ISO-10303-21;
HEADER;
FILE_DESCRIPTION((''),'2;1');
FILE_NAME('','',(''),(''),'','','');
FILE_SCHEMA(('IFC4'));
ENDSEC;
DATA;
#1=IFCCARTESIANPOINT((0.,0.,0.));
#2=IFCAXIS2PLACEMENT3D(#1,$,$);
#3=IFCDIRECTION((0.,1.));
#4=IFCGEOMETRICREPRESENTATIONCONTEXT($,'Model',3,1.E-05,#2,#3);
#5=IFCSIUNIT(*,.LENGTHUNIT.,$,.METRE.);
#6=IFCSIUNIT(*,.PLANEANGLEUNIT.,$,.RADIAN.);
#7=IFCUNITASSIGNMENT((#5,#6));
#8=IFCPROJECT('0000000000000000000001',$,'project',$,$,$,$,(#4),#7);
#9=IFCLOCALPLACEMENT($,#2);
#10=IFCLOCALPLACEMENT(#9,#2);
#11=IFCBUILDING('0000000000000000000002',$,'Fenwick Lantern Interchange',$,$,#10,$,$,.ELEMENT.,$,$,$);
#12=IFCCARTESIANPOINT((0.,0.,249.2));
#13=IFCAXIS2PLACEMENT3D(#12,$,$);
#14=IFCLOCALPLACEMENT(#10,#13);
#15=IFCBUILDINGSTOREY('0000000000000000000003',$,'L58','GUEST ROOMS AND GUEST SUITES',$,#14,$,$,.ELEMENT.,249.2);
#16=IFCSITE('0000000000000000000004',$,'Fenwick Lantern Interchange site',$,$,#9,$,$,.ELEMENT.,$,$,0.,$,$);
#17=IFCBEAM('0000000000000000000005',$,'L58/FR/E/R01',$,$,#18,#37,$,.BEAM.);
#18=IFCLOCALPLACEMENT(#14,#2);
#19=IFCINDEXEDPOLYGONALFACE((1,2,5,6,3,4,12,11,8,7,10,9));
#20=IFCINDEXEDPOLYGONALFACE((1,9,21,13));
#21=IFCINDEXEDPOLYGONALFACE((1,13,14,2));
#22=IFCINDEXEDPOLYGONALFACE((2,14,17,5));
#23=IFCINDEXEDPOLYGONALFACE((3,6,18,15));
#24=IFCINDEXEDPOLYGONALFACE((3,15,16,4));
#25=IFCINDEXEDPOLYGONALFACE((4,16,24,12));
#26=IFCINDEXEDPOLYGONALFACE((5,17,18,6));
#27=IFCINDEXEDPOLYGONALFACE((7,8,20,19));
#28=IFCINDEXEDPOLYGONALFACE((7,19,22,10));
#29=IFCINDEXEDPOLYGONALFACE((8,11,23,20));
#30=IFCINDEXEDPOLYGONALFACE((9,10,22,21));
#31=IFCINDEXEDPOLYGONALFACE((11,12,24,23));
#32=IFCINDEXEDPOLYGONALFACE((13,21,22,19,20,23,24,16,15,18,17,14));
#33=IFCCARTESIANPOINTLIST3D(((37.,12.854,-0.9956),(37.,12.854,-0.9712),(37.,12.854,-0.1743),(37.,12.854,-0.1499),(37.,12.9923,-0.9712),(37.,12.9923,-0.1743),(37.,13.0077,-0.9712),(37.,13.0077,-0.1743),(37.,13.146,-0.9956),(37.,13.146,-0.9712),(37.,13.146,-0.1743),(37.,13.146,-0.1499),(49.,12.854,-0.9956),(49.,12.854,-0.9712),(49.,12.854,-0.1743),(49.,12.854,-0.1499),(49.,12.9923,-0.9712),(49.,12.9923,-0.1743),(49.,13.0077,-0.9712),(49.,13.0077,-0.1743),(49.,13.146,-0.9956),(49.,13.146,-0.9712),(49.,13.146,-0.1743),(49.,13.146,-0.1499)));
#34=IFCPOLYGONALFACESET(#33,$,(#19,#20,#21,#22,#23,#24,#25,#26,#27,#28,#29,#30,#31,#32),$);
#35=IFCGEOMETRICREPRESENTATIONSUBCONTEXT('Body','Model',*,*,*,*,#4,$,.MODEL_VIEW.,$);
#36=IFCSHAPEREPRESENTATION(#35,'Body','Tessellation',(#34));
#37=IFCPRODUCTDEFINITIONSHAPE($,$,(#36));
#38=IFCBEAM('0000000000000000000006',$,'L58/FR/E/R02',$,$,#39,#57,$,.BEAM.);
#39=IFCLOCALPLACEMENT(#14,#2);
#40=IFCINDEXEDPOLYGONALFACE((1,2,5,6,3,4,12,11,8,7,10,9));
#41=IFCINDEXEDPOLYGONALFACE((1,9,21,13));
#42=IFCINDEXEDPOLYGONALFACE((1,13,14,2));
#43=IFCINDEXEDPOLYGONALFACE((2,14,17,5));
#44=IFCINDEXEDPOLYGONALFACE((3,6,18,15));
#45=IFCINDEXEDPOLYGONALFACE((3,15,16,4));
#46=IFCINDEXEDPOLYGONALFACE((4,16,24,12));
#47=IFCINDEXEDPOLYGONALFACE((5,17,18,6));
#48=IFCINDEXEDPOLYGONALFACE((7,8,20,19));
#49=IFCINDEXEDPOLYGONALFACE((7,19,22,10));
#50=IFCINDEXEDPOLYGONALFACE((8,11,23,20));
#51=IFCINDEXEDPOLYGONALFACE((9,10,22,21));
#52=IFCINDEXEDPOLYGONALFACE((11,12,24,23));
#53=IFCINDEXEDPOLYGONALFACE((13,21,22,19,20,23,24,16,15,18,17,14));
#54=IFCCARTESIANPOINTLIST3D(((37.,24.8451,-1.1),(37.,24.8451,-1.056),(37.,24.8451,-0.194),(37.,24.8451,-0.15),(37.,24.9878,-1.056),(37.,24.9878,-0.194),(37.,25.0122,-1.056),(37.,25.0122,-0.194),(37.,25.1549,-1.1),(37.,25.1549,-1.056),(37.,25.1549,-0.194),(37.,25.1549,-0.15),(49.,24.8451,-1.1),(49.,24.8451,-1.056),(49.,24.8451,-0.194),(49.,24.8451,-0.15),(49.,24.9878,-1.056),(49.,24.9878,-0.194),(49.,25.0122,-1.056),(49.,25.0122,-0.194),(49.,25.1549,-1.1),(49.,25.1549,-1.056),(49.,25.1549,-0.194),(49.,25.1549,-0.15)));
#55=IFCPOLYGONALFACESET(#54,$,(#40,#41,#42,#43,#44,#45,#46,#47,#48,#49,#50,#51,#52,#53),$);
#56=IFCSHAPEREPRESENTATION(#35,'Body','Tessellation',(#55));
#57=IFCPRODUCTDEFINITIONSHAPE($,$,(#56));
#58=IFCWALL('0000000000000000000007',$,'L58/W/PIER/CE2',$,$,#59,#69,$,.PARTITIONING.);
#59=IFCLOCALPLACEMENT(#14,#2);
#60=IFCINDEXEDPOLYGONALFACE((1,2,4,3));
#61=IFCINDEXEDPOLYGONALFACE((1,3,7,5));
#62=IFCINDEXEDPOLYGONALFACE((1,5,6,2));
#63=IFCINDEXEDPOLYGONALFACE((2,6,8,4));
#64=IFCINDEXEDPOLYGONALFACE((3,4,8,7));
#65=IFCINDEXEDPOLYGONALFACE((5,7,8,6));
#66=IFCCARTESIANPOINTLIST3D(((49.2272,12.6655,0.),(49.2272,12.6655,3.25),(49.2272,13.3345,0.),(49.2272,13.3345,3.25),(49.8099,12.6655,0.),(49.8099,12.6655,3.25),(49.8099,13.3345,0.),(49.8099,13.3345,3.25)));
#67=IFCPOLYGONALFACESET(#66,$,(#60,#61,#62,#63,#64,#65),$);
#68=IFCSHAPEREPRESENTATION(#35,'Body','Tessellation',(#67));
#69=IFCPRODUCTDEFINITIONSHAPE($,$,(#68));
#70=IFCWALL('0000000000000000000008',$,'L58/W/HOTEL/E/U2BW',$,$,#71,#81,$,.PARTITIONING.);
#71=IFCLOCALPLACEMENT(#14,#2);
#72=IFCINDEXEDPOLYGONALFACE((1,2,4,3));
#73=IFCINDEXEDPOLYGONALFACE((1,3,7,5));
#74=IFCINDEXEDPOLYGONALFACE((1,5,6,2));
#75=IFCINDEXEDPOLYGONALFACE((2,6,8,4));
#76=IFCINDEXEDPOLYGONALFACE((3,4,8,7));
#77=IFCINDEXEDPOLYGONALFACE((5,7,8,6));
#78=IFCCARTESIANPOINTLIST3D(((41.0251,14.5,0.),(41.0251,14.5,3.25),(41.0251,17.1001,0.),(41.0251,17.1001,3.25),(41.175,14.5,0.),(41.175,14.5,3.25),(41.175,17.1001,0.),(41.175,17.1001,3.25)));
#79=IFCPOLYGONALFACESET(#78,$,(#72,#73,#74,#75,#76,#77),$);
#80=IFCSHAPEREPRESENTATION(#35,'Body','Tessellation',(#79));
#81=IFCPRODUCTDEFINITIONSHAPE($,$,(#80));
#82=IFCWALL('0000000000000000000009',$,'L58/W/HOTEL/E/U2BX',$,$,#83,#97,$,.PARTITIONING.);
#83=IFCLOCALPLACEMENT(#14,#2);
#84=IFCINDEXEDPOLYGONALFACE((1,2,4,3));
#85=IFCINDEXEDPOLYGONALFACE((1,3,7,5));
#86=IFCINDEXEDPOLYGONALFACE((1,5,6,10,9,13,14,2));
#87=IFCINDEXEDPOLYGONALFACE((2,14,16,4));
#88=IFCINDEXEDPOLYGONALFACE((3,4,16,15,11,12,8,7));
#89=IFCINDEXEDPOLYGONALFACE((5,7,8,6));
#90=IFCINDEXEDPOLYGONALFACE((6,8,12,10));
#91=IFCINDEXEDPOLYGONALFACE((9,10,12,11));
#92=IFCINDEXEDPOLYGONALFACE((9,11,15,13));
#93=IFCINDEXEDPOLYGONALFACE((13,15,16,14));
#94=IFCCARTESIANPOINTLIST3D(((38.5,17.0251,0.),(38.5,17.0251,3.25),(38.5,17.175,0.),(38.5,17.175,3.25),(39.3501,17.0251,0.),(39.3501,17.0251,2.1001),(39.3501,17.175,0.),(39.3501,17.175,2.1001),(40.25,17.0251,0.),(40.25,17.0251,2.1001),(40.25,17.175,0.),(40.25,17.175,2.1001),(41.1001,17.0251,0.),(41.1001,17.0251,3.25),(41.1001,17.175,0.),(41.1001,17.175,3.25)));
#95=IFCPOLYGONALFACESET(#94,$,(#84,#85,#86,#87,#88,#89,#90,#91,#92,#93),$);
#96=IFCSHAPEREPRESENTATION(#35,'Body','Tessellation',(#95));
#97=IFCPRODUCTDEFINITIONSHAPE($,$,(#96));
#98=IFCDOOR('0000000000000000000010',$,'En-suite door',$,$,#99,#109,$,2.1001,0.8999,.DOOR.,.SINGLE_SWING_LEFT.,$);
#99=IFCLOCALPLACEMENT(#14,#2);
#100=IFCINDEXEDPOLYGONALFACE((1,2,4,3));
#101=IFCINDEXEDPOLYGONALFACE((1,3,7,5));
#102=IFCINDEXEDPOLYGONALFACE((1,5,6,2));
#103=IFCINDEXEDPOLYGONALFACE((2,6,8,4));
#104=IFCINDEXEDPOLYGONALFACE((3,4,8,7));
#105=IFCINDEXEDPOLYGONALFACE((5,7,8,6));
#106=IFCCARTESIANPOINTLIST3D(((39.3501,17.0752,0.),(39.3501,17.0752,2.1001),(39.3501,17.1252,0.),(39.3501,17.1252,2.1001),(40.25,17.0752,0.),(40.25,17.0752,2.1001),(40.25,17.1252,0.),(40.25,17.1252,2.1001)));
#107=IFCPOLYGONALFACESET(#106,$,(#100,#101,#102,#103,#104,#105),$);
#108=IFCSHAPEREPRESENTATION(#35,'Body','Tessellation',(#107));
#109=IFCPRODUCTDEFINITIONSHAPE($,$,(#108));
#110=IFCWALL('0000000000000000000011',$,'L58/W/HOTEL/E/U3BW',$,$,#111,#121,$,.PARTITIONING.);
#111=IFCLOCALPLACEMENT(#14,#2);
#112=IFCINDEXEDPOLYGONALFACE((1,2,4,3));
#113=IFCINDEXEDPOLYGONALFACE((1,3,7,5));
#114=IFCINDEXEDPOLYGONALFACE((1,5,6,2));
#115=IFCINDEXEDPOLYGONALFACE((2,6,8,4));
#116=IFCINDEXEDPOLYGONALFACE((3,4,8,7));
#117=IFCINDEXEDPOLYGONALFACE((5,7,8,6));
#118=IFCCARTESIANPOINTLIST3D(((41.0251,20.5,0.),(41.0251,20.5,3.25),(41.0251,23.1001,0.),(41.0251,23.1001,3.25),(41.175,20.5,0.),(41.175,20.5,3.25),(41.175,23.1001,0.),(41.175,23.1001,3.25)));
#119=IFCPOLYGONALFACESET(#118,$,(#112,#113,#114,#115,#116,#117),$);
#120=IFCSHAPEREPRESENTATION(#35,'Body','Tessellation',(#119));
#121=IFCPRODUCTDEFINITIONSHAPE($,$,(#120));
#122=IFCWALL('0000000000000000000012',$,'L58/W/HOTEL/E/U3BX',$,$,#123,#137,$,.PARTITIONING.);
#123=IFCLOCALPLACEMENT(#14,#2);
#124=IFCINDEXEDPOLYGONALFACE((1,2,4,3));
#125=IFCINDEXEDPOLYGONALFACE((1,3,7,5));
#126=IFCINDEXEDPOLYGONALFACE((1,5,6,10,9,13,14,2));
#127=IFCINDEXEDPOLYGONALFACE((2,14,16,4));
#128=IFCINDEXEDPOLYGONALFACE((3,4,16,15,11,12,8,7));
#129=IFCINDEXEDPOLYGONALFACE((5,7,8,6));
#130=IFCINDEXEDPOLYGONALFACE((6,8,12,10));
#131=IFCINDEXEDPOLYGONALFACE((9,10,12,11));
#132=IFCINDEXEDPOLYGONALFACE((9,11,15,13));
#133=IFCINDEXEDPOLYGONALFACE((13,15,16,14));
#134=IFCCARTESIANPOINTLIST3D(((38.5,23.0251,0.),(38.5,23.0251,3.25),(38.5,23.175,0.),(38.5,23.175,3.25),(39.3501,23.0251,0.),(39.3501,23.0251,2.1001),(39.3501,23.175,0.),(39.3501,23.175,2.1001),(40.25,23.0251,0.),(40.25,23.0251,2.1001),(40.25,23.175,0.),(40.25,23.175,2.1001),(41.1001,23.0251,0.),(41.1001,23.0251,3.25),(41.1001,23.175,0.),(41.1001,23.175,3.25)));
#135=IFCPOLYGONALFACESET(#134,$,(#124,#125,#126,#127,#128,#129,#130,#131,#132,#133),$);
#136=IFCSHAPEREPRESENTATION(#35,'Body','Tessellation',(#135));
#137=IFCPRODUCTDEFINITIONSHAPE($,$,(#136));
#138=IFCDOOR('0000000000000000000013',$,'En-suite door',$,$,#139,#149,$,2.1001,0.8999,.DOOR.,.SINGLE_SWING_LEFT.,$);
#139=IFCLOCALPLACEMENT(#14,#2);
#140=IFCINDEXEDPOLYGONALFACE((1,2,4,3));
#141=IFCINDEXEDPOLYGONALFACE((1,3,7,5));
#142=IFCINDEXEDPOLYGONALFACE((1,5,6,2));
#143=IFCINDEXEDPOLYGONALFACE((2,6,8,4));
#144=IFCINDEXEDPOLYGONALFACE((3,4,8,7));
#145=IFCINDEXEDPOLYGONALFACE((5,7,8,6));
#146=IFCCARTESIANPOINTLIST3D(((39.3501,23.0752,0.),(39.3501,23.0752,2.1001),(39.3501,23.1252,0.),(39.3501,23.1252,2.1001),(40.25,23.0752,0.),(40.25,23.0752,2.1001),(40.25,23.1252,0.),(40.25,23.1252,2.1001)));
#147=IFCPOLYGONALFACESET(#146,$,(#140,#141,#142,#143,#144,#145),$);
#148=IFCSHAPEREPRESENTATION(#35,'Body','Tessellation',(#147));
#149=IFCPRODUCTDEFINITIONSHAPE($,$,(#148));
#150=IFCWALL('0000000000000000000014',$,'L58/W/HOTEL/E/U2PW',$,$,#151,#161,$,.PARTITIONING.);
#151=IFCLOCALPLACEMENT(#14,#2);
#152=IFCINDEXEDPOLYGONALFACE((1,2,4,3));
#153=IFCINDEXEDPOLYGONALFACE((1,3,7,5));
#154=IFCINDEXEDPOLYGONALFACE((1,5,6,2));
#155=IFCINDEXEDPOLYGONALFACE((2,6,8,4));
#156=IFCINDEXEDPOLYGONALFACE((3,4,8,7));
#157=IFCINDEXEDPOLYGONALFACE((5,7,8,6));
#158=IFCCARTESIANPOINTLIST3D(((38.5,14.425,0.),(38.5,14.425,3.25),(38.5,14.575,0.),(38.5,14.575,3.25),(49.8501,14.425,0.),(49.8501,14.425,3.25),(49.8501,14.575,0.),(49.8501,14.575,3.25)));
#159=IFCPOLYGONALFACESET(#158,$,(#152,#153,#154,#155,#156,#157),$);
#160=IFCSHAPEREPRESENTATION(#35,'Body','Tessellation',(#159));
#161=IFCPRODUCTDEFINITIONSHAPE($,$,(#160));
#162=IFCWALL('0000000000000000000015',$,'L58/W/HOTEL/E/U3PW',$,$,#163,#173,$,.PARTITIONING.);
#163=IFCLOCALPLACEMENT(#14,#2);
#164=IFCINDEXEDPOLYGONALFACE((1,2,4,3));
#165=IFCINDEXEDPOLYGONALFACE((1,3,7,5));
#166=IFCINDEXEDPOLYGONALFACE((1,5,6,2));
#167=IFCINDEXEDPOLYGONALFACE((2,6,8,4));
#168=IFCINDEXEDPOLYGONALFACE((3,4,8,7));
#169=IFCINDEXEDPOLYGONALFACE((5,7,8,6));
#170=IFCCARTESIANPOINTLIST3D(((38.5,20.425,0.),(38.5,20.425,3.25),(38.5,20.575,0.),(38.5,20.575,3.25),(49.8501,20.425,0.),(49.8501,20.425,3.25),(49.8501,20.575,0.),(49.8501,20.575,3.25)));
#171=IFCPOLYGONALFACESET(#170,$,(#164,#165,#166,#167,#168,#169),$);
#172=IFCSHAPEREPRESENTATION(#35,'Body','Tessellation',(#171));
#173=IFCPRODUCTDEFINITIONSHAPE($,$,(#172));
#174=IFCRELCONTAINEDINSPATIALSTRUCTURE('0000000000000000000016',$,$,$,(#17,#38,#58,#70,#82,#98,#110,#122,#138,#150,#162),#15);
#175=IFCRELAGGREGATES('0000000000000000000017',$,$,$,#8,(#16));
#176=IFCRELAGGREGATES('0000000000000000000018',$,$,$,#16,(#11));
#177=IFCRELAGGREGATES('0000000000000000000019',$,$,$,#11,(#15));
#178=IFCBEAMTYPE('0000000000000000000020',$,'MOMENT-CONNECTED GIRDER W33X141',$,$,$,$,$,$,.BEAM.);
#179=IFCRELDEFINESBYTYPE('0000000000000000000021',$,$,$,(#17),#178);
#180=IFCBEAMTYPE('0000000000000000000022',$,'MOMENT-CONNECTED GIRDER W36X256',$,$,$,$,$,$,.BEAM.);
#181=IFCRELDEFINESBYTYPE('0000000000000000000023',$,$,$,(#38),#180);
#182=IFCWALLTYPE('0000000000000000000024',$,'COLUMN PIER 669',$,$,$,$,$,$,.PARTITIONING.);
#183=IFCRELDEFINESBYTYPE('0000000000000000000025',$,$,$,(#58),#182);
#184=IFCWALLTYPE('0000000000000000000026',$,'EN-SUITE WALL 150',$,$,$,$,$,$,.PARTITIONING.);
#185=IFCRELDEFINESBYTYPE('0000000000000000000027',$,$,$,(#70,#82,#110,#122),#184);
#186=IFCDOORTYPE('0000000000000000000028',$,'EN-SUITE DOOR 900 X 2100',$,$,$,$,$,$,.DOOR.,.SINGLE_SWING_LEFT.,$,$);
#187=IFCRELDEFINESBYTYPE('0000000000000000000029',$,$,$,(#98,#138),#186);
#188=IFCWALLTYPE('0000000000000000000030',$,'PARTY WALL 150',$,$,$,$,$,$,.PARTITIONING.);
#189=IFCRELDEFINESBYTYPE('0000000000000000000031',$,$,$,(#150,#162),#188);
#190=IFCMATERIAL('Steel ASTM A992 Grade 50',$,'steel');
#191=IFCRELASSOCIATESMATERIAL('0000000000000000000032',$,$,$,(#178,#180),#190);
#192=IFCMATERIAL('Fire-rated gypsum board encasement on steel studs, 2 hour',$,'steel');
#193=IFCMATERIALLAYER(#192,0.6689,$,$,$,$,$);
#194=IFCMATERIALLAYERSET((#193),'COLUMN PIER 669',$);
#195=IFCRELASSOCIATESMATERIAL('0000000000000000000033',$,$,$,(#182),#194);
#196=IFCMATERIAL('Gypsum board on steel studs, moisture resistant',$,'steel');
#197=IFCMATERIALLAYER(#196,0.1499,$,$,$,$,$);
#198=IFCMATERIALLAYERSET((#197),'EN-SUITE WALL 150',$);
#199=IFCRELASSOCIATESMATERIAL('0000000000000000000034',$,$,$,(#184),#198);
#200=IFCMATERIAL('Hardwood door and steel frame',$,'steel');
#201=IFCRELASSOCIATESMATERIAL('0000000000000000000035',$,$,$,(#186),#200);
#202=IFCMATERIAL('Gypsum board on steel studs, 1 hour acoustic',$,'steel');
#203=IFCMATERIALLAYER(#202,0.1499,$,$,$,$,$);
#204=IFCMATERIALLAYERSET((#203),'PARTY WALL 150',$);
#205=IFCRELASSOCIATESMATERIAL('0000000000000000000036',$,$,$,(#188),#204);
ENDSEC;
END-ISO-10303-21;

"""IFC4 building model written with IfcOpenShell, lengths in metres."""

from ifc_helpers import new_model, si_unit, direction, frame, frame_2d, origin, origin_2d, place, context, subcontext, project, spatial, rectangle, i_section, extrude, material, layer, layer_set, material_profile, profile_set, type_object, element, fill, save


model = new_model("IFC4")

# Units and contexts
model_context = context("Model", 3, precision=1e-05, world=origin(), true_north=direction((0.0, 1.0)))
body_context = subcontext(model_context, "Body", "Model", "MODEL_VIEW")
ifc_project = project(units=[si_unit("LENGTHUNIT", "METRE"), si_unit("PLANEANGLEUNIT", "RADIAN")], contexts=[model_context])

# Site, building, storey
site_placement = place(None, origin())
site = spatial("IfcSite", under=ifc_project, at=site_placement, Name="Fenwick Lantern Interchange site", CompositionType="ELEMENT", RefElevation=0.0)
building_placement = place(site_placement, origin())
building = spatial("IfcBuilding", under=site, at=building_placement, Name="Fenwick Lantern Interchange", CompositionType="ELEMENT")
storey_placement = place(building_placement, frame((0.0, 0.0, 249.2)))
storey = spatial("IfcBuildingStorey", under=building, at=storey_placement, Name="L58", Description="GUEST ROOMS AND GUEST SUITES", CompositionType="ELEMENT", Elevation=249.2)

# Shared definitions
ifc_material_1 = material(Name="Steel ASTM A992 Grade 50", Category="steel")

# Beams
ifc_material_profile_1 = material_profile(ifc_material_1, i_section(OverallWidth=0.292, OverallDepth=0.8457, WebThickness=0.0154, FlangeThickness=0.0244, at=origin_2d()), Name="W33X141")
ifc_profile_set_1 = profile_set([ifc_material_profile_1], Name="Steel ASTM A992 Grade 50")
beam_type_1 = type_object("IfcBeamType", Name="MOMENT-CONNECTED GIRDER W33X141", PredefinedType="BEAM", material=ifc_profile_set_1)
beam_1_placement = place(storey_placement, frame((49.0, 13.0, -0.5728), z_axis=(-1.0, 0.0, 0.0), x_axis=(0.0, -1.0, 0.0)))
element("IfcBeam", 1, at=beam_1_placement, inside=storey, type_object=beam_type_1, Name="L58/FR/E/R01", PredefinedType="BEAM", context=body_context, shape_type="SweptSolid", body=[
    extrude(i_section(OverallWidth=0.292, OverallDepth=0.8457, WebThickness=0.0154, FlangeThickness=0.0244, at=origin_2d()), origin(), (0.0, 0.0, 1.0), 12.0),
])
ifc_material_profile_2 = material_profile(ifc_material_1, i_section(OverallWidth=0.3098, OverallDepth=0.95, WebThickness=0.0244, FlangeThickness=0.0439, at=origin_2d()), Name="W36X256")
ifc_profile_set_2 = profile_set([ifc_material_profile_2], Name="Steel ASTM A992 Grade 50")
beam_type_2 = type_object("IfcBeamType", Name="MOMENT-CONNECTED GIRDER W36X256", PredefinedType="BEAM", material=ifc_profile_set_2)
beam_2_placement = place(storey_placement, frame((49.0, 25.0, -0.625), z_axis=(-1.0, 0.0, 0.0), x_axis=(0.0, -1.0, 0.0)))
element("IfcBeam", 2, at=beam_2_placement, inside=storey, type_object=beam_type_2, Name="L58/FR/E/R02", PredefinedType="BEAM", context=body_context, shape_type="SweptSolid", body=[
    extrude(i_section(OverallWidth=0.3098, OverallDepth=0.95, WebThickness=0.0244, FlangeThickness=0.0439, at=origin_2d()), origin(), (0.0, 0.0, 1.0), 12.0),
])

# Walls
ifc_material_2 = material(Name="Fire-rated gypsum board encasement on steel studs, 2 hour", Category="steel")
ifc_layer_1 = layer(ifc_material_2, 0.6689)
ifc_layer_set_1 = layer_set([ifc_layer_1], Name="COLUMN PIER 669")
wall_type_1 = type_object("IfcWallType", Name="COLUMN PIER 669", PredefinedType="PARTITIONING", material=ifc_layer_set_1)
wall_1_placement = place(storey_placement, frame((49.8101, 13.0, 0.0), z_axis=(0.0, 0.0, 1.0), x_axis=(-1.0, 0.0, 0.0)))
element("IfcWall", 3, at=wall_1_placement, inside=storey, type_object=wall_type_1, Name="L58/W/PIER/CE2", PredefinedType="PARTITIONING", context=body_context, shape_type="SweptSolid", body=[
    extrude(rectangle(XDim=0.5828, YDim=0.6689, at=frame_2d((0.2915, 0.0))), origin(), (0.0, 0.0, 1.0), 3.25),
])
ifc_material_3 = material(Name="Gypsum board on steel studs, moisture resistant", Category="steel")
ifc_layer_2 = layer(ifc_material_3, 0.1499)
ifc_layer_set_2 = layer_set([ifc_layer_2], Name="EN-SUITE WALL 150")
wall_type_2 = type_object("IfcWallType", Name="EN-SUITE WALL 150", PredefinedType="PARTITIONING", material=ifc_layer_set_2)
wall_2_placement = place(storey_placement, frame((41.1001, 14.5, 0.0), z_axis=(0.0, 0.0, 1.0), x_axis=(0.0, 1.0, 0.0)))
element("IfcWall", 4, at=wall_2_placement, inside=storey, type_object=wall_type_2, Name="L58/W/HOTEL/E/U2BW", PredefinedType="PARTITIONING", context=body_context, shape_type="SweptSolid", body=[
    extrude(rectangle(XDim=2.6001, YDim=0.1499, at=frame_2d((1.3, 0.0))), origin(), (0.0, 0.0, 1.0), 3.25),
])

# Wall, opening, door
wall_3_placement = place(storey_placement, frame((41.1001, 17.1001, 0.0), z_axis=(0.0, 0.0, 1.0), x_axis=(-1.0, 0.0, 0.0)))
wall_3 = element("IfcWall", 5, at=wall_3_placement, inside=storey, type_object=wall_type_2, Name="L58/W/HOTEL/E/U2BX", PredefinedType="PARTITIONING", context=body_context, shape_type="SweptSolid", body=[
    extrude(rectangle(XDim=2.6001, YDim=0.1499, at=frame_2d((1.3, 0.0))), origin(), (0.0, 0.0, 1.0), 3.25),
])
opening_1_placement = place(wall_3_placement, frame((0.8501, 0.0, 0.0)))
opening_1 = element("IfcOpeningElement", 6, at=opening_1_placement, cuts=wall_3, PredefinedType="OPENING", context=body_context, shape_type="SweptSolid", body=[
    extrude(rectangle(XDim=0.8999, YDim=2.1001, at=frame_2d((0.45, 1.05))), frame((0.0, 0.085, 0.0), z_axis=(0.0, -1.0, 0.0), x_axis=(1.0, 0.0, 0.0)), (0.0, 0.0, 1.0), 0.1699),
])
ifc_material_4 = material(Name="Hardwood door and steel frame", Category="steel")
door_type = type_object("IfcDoorType", Name="EN-SUITE DOOR 900 X 2100", OperationType="SINGLE_SWING_LEFT", PredefinedType="DOOR", material=ifc_material_4)
door_1_placement = place(opening_1_placement, origin())
door_1 = element("IfcDoor", 7, at=door_1_placement, inside=storey, type_object=door_type, Name="En-suite door", OperationType="SINGLE_SWING_LEFT", OverallHeight=2.1001, OverallWidth=0.8999, PredefinedType="DOOR", context=body_context, shape_type="SweptSolid", body=[
    extrude(rectangle(XDim=0.8999, YDim=2.1001, at=frame_2d((0.45, 1.05))), frame((0.0, 0.0249, 0.0), z_axis=(0.0, -1.0, 0.0), x_axis=(1.0, 0.0, 0.0)), (0.0, 0.0, 1.0), 0.05),
])
fill(opening_1, door_1)

# Wall
wall_4_placement = place(storey_placement, frame((41.1001, 20.5, 0.0), z_axis=(0.0, 0.0, 1.0), x_axis=(0.0, 1.0, 0.0)))
element("IfcWall", 8, at=wall_4_placement, inside=storey, type_object=wall_type_2, Name="L58/W/HOTEL/E/U3BW", PredefinedType="PARTITIONING", context=body_context, shape_type="SweptSolid", body=[
    extrude(rectangle(XDim=2.6001, YDim=0.1499, at=frame_2d((1.3, 0.0))), origin(), (0.0, 0.0, 1.0), 3.25),
])

# Wall, opening, door
wall_5_placement = place(storey_placement, frame((41.1001, 23.1001, 0.0), z_axis=(0.0, 0.0, 1.0), x_axis=(-1.0, 0.0, 0.0)))
wall_5 = element("IfcWall", 9, at=wall_5_placement, inside=storey, type_object=wall_type_2, Name="L58/W/HOTEL/E/U3BX", PredefinedType="PARTITIONING", context=body_context, shape_type="SweptSolid", body=[
    extrude(rectangle(XDim=2.6001, YDim=0.1499, at=frame_2d((1.3, 0.0))), origin(), (0.0, 0.0, 1.0), 3.25),
])
opening_2_placement = place(wall_5_placement, frame((0.8501, 0.0, 0.0)))
opening_2 = element("IfcOpeningElement", 10, at=opening_2_placement, cuts=wall_5, PredefinedType="OPENING", context=body_context, shape_type="SweptSolid", body=[
    extrude(rectangle(XDim=0.8999, YDim=2.1001, at=frame_2d((0.45, 1.05))), frame((0.0, 0.085, 0.0), z_axis=(0.0, -1.0, 0.0), x_axis=(1.0, 0.0, 0.0)), (0.0, 0.0, 1.0), 0.1699),
])
door_2_placement = place(opening_2_placement, origin())
door_2 = element("IfcDoor", 11, at=door_2_placement, inside=storey, type_object=door_type, Name="En-suite door", OperationType="SINGLE_SWING_LEFT", OverallHeight=2.1001, OverallWidth=0.8999, PredefinedType="DOOR", context=body_context, shape_type="SweptSolid", body=[
    extrude(rectangle(XDim=0.8999, YDim=2.1001, at=frame_2d((0.45, 1.05))), frame((0.0, 0.0249, 0.0), z_axis=(0.0, -1.0, 0.0), x_axis=(1.0, 0.0, 0.0)), (0.0, 0.0, 1.0), 0.05),
])
fill(opening_2, door_2)

# Walls
ifc_material_5 = material(Name="Gypsum board on steel studs, 1 hour acoustic", Category="steel")
ifc_layer_3 = layer(ifc_material_5, 0.1499)
ifc_layer_set_3 = layer_set([ifc_layer_3], Name="PARTY WALL 150")
wall_type_3 = type_object("IfcWallType", Name="PARTY WALL 150", PredefinedType="PARTITIONING", material=ifc_layer_set_3)
for number, where, z_axis, x_axis, name in (
    (12, (49.8501, 14.5, 0.0), (0.0, 0.0, 1.0), (-1.0, 0.0, 0.0), "L58/W/HOTEL/E/U2PW"),
    (13, (49.8501, 20.5, 0.0), (0.0, 0.0, 1.0), (-1.0, 0.0, 0.0), "L58/W/HOTEL/E/U3PW"),
):
    element("IfcWall", number, at=place(storey_placement, frame(where, z_axis=z_axis, x_axis=x_axis)), inside=storey, type_object=wall_type_3, Name=name, PredefinedType="PARTITIONING", context=body_context, shape_type="SweptSolid", body=[
        extrude(rectangle(XDim=11.3501, YDim=0.1499, at=frame_2d((5.675, 0.0))), origin(), (0.0, 0.0, 1.0), 3.25),
    ])

save(model, "model.ifc")
